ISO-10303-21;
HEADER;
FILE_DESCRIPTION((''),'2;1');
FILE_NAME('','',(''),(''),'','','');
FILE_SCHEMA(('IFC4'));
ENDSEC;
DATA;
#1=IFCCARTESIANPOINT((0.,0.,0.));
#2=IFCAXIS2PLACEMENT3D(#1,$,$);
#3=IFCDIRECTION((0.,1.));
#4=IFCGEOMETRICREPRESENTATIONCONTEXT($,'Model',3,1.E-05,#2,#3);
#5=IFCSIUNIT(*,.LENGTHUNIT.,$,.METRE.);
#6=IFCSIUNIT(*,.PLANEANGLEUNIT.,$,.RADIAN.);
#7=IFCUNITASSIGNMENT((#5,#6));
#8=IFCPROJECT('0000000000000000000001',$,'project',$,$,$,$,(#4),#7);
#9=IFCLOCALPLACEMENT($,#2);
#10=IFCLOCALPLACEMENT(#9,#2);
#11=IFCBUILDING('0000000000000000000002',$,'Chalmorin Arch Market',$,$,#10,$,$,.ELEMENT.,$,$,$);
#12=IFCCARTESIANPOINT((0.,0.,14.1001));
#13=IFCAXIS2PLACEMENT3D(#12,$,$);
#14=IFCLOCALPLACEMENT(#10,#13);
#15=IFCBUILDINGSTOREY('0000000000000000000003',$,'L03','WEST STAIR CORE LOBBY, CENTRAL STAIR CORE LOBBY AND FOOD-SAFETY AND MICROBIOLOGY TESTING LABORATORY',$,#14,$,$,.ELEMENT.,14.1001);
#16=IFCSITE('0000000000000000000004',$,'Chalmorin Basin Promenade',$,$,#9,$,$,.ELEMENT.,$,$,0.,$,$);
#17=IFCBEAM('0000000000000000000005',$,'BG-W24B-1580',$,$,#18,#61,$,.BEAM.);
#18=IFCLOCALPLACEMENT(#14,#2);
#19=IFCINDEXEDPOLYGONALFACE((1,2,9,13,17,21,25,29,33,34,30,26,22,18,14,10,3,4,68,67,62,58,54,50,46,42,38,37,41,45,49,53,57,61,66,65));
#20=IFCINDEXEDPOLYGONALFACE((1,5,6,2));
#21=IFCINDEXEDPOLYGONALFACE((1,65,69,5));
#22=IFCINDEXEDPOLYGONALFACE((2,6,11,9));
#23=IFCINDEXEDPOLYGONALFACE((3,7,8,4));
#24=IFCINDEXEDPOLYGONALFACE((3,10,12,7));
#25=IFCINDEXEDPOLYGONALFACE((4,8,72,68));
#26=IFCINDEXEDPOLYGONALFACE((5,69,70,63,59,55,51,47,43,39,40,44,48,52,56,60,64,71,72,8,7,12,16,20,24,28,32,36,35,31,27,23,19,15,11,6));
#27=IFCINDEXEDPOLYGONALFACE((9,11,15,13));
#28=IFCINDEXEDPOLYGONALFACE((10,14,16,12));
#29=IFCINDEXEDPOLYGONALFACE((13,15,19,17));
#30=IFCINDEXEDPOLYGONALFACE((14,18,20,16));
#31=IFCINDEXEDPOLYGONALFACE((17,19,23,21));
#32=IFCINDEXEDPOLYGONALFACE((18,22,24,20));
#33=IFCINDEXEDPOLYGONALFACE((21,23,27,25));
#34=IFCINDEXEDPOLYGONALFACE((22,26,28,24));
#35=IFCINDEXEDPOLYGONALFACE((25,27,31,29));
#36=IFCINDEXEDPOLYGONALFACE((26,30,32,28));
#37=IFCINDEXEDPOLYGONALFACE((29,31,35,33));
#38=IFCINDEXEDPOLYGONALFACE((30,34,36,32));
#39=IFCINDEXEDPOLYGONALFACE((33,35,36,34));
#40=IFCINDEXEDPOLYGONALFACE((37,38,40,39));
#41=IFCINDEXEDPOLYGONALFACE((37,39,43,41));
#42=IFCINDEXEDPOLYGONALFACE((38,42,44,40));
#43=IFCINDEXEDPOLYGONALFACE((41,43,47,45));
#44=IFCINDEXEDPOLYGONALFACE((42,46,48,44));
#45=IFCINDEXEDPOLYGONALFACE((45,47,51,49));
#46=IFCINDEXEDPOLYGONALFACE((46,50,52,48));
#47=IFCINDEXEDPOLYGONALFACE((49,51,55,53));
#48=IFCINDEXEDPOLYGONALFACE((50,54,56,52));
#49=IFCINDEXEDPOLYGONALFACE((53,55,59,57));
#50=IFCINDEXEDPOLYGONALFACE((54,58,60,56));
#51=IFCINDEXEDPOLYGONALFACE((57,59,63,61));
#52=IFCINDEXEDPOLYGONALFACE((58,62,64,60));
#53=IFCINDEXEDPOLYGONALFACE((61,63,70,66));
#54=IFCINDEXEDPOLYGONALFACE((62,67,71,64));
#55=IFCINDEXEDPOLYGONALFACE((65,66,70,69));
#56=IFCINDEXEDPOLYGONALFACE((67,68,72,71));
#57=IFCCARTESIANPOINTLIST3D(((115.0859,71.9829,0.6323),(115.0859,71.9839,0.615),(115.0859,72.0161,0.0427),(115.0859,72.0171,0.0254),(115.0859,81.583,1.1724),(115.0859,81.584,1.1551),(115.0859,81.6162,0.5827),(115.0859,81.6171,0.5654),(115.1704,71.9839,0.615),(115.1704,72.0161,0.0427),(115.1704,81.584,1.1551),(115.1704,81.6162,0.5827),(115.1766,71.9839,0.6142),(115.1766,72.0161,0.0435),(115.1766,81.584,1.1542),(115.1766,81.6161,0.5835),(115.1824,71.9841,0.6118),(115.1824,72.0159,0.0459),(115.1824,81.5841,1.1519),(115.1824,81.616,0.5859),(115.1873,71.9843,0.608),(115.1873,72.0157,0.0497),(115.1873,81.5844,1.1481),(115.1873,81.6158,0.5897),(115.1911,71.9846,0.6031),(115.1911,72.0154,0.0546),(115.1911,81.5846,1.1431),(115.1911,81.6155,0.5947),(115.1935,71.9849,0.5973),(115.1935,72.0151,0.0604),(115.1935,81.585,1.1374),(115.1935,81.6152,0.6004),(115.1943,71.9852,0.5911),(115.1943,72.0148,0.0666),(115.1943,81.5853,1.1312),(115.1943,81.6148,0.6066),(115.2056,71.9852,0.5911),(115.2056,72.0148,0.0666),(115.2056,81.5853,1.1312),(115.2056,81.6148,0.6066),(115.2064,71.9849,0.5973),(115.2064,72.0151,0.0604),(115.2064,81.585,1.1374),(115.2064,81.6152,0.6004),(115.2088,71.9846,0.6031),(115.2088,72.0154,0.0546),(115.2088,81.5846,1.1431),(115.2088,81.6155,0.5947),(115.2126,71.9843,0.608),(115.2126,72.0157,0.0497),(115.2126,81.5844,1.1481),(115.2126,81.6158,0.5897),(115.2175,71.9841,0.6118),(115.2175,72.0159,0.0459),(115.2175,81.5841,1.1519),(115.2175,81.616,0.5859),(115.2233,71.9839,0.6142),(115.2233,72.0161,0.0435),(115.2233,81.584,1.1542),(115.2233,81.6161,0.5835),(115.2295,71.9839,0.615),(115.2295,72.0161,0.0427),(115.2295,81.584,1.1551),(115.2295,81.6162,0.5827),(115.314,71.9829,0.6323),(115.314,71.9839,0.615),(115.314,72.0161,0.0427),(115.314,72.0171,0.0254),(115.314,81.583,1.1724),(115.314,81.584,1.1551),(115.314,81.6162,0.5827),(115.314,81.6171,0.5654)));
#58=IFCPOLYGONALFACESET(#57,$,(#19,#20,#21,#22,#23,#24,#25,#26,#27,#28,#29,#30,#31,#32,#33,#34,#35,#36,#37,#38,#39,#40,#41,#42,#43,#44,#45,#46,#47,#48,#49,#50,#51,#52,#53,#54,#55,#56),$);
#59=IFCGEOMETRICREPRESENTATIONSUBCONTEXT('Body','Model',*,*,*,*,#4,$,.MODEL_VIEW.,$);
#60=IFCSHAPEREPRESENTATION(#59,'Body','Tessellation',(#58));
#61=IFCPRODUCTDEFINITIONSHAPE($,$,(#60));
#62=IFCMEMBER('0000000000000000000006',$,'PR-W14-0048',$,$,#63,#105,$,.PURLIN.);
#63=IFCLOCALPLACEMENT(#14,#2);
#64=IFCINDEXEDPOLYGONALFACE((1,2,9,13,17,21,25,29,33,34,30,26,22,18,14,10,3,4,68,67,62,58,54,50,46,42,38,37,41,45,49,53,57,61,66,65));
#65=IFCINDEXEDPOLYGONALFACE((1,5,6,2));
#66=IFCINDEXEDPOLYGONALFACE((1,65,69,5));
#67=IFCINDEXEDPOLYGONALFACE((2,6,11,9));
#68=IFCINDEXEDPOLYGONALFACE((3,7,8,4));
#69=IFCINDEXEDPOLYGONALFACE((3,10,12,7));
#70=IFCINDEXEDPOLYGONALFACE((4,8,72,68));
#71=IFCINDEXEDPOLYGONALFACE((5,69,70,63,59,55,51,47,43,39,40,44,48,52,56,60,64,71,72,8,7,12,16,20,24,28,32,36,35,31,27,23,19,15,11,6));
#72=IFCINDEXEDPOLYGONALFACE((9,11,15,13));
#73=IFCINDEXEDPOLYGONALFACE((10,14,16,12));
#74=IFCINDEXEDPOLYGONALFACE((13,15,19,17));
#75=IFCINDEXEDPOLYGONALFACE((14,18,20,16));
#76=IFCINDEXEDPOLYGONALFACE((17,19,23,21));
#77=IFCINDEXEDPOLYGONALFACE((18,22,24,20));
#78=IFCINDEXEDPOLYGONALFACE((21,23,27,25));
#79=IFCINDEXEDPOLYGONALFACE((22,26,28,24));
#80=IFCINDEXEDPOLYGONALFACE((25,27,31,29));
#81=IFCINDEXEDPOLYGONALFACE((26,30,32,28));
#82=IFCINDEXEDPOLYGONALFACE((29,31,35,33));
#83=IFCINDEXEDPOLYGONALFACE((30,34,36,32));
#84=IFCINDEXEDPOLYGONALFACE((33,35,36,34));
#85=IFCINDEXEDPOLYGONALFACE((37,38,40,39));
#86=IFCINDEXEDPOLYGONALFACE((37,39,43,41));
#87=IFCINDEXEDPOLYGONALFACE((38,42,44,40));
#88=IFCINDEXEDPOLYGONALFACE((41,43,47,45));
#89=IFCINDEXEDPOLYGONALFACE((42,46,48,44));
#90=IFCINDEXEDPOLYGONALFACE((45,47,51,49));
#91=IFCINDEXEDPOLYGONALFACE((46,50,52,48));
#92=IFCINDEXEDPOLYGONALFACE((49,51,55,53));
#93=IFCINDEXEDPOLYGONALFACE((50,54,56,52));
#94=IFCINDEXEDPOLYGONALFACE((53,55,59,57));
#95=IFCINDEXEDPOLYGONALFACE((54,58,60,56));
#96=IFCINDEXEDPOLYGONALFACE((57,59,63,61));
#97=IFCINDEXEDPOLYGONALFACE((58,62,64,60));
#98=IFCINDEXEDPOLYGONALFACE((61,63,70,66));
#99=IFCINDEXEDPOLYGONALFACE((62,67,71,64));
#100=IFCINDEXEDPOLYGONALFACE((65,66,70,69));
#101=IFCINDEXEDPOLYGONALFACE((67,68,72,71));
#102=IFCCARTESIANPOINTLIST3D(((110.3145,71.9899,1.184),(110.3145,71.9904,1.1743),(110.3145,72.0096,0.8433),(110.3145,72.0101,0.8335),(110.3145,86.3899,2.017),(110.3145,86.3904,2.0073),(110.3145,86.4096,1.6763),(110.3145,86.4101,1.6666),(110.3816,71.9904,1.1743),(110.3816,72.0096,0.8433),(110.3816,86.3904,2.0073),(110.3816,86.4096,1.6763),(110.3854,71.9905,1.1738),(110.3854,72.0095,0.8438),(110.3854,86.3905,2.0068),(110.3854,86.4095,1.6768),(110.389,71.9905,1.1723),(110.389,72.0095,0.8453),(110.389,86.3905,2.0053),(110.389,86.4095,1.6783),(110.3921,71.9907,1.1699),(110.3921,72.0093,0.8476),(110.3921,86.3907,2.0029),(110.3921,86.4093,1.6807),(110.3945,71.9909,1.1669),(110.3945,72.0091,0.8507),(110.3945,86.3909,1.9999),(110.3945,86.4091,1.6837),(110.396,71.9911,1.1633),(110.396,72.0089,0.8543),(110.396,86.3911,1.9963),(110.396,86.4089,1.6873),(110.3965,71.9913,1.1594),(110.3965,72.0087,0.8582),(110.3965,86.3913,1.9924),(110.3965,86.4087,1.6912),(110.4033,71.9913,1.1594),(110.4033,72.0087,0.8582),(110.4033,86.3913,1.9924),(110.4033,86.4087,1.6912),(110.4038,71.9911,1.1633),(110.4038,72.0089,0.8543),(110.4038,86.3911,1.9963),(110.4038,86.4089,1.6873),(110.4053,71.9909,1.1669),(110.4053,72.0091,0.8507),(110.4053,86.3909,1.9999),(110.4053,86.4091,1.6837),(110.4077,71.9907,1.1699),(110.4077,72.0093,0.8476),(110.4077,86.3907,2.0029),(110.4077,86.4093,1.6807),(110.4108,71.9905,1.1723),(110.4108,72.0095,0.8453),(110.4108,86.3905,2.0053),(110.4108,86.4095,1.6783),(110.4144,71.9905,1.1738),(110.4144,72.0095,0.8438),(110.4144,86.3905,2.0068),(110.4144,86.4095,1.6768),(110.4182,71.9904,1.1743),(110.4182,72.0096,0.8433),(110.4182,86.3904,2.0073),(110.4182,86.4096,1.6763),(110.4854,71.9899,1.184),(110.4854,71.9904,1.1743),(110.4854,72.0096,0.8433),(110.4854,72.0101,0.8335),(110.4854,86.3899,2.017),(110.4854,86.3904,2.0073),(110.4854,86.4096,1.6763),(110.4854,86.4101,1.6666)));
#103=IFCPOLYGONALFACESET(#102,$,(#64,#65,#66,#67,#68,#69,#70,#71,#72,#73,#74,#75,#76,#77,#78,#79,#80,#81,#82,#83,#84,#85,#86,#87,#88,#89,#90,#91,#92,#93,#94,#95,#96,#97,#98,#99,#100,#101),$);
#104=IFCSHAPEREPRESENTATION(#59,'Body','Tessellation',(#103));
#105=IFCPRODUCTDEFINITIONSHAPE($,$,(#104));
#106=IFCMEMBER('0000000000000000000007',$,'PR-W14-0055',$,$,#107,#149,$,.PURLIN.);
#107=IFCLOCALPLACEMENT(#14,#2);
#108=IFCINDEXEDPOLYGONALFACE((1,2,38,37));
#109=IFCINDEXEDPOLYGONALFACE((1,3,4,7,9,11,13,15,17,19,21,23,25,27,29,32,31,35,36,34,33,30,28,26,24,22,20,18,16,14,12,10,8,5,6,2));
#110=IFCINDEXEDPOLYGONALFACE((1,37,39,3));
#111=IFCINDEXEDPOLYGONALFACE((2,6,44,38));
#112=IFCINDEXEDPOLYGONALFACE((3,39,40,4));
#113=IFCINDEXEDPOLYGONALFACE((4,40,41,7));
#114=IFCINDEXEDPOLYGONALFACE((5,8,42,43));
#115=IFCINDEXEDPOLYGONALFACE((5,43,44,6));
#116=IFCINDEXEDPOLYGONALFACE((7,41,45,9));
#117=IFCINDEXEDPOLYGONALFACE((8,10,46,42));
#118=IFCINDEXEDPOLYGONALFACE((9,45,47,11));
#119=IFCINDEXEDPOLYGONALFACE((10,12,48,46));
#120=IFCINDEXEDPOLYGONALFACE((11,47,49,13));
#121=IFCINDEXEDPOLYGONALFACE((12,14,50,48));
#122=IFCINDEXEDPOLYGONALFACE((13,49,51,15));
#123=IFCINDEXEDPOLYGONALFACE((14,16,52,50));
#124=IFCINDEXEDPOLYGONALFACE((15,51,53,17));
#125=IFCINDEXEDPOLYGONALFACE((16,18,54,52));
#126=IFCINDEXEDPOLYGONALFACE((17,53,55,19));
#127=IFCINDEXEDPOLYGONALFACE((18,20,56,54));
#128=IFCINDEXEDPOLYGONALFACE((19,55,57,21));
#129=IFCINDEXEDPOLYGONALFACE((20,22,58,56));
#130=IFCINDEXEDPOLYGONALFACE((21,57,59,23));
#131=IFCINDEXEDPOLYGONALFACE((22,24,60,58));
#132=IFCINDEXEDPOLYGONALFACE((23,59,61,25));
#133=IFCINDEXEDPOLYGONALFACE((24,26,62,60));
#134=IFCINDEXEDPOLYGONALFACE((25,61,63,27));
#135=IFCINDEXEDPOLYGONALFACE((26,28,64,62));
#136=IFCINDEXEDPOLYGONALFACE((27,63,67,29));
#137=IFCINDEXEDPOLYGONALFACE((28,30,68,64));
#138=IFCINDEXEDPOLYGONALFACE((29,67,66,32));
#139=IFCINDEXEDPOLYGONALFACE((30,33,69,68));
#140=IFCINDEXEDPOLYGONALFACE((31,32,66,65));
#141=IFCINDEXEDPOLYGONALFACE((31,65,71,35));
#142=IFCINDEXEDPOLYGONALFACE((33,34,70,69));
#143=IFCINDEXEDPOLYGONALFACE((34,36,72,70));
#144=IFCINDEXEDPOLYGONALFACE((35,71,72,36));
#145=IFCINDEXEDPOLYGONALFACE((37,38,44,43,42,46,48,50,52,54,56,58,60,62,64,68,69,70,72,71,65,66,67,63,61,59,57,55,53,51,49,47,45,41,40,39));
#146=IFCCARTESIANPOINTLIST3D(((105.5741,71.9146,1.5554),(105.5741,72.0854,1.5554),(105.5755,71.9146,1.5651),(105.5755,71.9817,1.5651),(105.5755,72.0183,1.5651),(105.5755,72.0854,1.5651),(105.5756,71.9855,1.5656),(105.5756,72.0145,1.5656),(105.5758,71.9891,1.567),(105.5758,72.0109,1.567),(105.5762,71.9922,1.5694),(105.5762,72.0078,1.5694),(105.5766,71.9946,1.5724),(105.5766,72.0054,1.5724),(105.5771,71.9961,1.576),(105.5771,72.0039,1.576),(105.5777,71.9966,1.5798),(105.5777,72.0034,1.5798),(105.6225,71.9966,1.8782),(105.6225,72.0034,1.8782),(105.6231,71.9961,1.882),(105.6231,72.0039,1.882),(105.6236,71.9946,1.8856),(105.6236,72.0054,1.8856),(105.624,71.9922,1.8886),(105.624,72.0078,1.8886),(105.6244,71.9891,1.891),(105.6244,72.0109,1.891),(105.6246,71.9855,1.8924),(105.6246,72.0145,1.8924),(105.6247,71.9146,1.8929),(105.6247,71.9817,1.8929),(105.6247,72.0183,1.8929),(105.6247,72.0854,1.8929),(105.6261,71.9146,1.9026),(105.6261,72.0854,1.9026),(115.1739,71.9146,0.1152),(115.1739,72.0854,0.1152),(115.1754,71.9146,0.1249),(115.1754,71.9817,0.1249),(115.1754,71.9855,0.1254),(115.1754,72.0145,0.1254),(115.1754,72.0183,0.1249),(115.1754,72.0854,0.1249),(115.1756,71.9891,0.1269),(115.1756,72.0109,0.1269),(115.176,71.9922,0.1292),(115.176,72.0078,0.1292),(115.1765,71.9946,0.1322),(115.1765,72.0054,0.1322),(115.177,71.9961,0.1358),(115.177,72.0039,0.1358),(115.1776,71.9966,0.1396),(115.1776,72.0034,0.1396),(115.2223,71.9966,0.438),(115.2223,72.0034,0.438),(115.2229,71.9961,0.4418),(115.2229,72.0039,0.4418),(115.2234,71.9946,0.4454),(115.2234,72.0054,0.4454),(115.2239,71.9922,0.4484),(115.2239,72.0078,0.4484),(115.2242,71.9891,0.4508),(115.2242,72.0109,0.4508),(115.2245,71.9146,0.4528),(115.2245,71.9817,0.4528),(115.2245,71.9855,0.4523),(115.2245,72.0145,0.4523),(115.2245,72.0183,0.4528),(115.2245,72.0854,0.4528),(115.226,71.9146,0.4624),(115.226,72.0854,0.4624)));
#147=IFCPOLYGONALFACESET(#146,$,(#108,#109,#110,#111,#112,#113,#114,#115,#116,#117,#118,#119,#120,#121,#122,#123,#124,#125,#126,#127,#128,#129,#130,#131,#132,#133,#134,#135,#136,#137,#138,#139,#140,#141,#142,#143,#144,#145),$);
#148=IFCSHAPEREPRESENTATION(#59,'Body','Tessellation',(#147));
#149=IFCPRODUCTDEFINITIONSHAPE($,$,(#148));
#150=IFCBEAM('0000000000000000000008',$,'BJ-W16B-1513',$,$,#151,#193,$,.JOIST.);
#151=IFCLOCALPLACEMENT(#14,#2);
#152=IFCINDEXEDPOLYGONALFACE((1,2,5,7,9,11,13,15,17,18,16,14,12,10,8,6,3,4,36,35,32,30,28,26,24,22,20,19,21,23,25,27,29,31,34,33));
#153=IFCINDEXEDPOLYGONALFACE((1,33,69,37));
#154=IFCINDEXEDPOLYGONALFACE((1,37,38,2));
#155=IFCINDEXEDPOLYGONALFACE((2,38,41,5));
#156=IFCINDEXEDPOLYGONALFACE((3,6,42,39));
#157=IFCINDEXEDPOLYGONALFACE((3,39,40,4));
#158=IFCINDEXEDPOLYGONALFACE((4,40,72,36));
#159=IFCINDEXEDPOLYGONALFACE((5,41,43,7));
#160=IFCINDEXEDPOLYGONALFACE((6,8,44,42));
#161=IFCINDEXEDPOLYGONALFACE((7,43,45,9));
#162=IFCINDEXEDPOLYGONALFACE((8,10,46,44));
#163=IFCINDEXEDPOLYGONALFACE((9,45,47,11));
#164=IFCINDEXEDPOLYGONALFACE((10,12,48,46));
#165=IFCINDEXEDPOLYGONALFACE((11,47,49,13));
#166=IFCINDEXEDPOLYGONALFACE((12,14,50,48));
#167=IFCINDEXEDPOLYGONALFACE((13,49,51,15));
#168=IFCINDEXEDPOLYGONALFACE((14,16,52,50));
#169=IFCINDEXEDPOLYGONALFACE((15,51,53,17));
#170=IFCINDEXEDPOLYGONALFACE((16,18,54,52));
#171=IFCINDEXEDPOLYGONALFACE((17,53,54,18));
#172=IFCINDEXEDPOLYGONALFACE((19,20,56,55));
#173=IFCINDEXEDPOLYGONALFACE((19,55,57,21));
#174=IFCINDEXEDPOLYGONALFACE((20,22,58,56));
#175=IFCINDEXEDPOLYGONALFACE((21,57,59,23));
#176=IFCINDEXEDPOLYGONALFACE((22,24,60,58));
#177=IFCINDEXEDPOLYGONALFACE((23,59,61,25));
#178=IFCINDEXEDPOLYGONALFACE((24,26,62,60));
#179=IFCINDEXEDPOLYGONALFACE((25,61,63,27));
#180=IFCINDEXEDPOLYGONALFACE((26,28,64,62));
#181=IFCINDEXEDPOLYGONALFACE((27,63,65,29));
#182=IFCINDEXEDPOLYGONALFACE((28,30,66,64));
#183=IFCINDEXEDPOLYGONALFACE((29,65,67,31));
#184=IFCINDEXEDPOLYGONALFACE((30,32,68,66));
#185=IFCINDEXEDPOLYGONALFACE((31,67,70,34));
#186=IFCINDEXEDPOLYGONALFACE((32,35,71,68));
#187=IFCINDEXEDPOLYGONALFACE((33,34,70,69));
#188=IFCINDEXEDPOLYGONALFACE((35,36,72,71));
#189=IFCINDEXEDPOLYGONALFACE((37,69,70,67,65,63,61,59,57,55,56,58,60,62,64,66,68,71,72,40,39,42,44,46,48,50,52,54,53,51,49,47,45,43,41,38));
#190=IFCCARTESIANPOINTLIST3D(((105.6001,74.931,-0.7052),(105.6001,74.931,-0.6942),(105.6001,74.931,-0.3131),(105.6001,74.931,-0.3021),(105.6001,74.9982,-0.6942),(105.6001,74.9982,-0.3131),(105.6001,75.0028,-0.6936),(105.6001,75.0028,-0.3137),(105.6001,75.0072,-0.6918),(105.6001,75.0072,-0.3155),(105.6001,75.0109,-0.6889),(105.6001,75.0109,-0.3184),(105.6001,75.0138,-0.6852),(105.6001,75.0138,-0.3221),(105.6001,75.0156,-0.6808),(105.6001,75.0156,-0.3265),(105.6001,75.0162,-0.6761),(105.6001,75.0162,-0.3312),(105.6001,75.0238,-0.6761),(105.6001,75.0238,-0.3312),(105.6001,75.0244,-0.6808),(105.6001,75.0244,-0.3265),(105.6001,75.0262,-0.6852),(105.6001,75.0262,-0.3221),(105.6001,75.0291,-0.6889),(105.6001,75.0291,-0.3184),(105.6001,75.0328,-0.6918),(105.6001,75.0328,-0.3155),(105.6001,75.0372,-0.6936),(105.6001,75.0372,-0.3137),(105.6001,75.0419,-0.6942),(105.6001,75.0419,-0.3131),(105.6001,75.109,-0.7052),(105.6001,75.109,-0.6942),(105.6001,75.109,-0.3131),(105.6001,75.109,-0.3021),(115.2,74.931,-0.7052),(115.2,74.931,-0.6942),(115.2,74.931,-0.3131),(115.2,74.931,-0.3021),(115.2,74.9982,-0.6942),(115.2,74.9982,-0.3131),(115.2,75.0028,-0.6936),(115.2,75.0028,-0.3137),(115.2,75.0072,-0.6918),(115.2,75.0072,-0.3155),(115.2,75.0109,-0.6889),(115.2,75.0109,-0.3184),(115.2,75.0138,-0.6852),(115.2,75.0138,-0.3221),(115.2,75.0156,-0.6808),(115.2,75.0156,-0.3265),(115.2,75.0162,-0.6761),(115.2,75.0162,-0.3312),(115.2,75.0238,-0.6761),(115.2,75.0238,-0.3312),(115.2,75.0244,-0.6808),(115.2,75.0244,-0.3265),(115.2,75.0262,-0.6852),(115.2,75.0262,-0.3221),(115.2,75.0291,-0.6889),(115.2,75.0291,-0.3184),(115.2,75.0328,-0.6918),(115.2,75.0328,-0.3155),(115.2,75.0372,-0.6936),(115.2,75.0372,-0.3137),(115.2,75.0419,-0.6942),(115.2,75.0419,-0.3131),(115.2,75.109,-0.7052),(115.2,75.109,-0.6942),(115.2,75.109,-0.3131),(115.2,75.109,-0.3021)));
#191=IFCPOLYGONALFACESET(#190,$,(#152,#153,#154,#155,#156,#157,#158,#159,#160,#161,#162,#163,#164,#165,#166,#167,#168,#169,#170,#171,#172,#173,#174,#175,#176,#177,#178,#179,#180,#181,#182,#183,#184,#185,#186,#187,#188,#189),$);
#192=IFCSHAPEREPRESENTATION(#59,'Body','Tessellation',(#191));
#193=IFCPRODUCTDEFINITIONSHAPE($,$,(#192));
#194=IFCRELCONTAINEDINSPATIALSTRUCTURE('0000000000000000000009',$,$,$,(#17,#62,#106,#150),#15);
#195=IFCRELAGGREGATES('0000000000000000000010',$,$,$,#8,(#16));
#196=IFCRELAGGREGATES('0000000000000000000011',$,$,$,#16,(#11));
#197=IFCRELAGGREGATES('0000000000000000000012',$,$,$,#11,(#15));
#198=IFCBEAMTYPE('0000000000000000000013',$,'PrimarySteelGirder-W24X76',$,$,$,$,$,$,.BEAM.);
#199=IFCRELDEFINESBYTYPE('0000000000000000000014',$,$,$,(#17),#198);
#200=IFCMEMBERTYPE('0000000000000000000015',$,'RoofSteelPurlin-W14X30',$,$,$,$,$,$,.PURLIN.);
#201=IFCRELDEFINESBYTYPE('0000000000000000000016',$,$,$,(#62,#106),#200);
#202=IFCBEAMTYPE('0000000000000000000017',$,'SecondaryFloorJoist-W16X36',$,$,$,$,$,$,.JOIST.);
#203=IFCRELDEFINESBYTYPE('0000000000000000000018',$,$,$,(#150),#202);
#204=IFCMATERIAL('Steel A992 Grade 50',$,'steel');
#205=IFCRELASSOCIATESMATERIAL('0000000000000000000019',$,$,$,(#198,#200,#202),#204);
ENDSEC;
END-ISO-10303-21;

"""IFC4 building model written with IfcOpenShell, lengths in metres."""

from ifc_helpers import new_model, si_unit, direction, frame, origin, origin_2d, place, context, subcontext, project, spatial, i_section, extrude, material, material_profile, profile_set, type_object, element, save


model = new_model("IFC4")

# Units and contexts
model_context = context("Model", 3, precision=1e-05, world=origin(), true_north=direction((0.0, 1.0)))
body_context = subcontext(model_context, "Body", "Model", "MODEL_VIEW")
ifc_project = project(units=[si_unit("LENGTHUNIT", "METRE"), si_unit("PLANEANGLEUNIT", "RADIAN")], contexts=[model_context])

# Site, building, storey
site_placement = place(None, origin())
site = spatial("IfcSite", under=ifc_project, at=site_placement, Name="Chalmorin Basin Promenade", CompositionType="ELEMENT", RefElevation=0.0)
building_placement = place(site_placement, origin())
building = spatial("IfcBuilding", under=site, at=building_placement, Name="Chalmorin Arch Market", CompositionType="ELEMENT")
storey_placement = place(building_placement, frame((0.0, 0.0, 14.1001)))
storey = spatial("IfcBuildingStorey", under=building, at=storey_placement, Name="L03", Description="WEST STAIR CORE LOBBY, CENTRAL STAIR CORE LOBBY AND FOOD-SAFETY AND MICROBIOLOGY TESTING LABORATORY", CompositionType="ELEMENT", Elevation=14.1001)

# Beam
ifc_material_1 = material(Name="Steel A992 Grade 50", Category="steel")
ifc_material_profile_1 = material_profile(ifc_material_1, i_section(OverallWidth=0.228, OverallDepth=0.6079, WebThickness=0.0112, FlangeThickness=0.0173, FilletRadius=0.0239, at=origin_2d()), Name="W24X76")
ifc_profile_set_1 = profile_set([ifc_material_profile_1], Name="Steel A992 Grade 50")
beam_type_1 = type_object("IfcBeamType", Name="PrimarySteelGirder-W24X76", PredefinedType="BEAM", material=ifc_profile_set_1)
beam_1_placement = place(storey_placement, frame((115.2, 72.0, 0.3289), z_axis=(0.0, 0.998422, 0.056165), x_axis=(-1.0, 0.0, 0.0)))
element("IfcBeam", 1, at=beam_1_placement, inside=storey, type_object=beam_type_1, Name="BG-W24B-1580", PredefinedType="BEAM", context=body_context, shape_type="SweptSolid", body=[
    extrude(i_section(OverallWidth=0.228, OverallDepth=0.6079, WebThickness=0.0112, FlangeThickness=0.0173, FilletRadius=0.0239, at=origin_2d()), origin(), (0.0, 0.0, 1.0), 9.6152),
])

# Members
ifc_material_profile_2 = material_profile(ifc_material_1, i_section(OverallWidth=0.1709, OverallDepth=0.3511, WebThickness=0.0068, FlangeThickness=0.0098, FilletRadius=0.0149, at=origin_2d()), Name="W14X30")
ifc_profile_set_2 = profile_set([ifc_material_profile_2], Name="Steel A992 Grade 50")
member_type_1 = type_object("IfcMemberType", Name="RoofSteelPurlin-W14X30", PredefinedType="PURLIN", material=ifc_profile_set_2)
member_1_placement = place(storey_placement, frame((110.3999, 72.0, 1.0088), z_axis=(0.0, 0.998331, 0.057752), x_axis=(-1.0, 0.0, 0.0)))
element("IfcMember", 2, at=member_1_placement, inside=storey, type_object=member_type_1, Name="PR-W14-0048", PredefinedType="PURLIN", context=body_context, shape_type="SweptSolid", body=[
    extrude(i_section(OverallWidth=0.1709, OverallDepth=0.3511, WebThickness=0.0068, FlangeThickness=0.0098, FilletRadius=0.0149, at=origin_2d()), origin(), (0.0, 0.0, 1.0), 14.4241),
])
member_2_placement = place(storey_placement, frame((105.6001, 72.0, 1.729), z_axis=(0.988933, 0.0, -0.148361), x_axis=(0.0, 1.0, 0.0)))
element("IfcMember", 3, at=member_2_placement, inside=storey, type_object=member_type_1, Name="PR-W14-0055", PredefinedType="PURLIN", context=body_context, shape_type="SweptSolid", body=[
    extrude(i_section(OverallWidth=0.1709, OverallDepth=0.3511, WebThickness=0.0068, FlangeThickness=0.0098, FilletRadius=0.0149, at=origin_2d()), origin(), (0.0, 0.0, 1.0), 9.7073),
])

# Beam
ifc_material_profile_3 = material_profile(ifc_material_1, i_section(OverallWidth=0.178, OverallDepth=0.4031, WebThickness=0.0076, FlangeThickness=0.011, FilletRadius=0.0181, at=origin_2d()), Name="W16X36")
ifc_profile_set_3 = profile_set([ifc_material_profile_3], Name="Steel A992 Grade 50")
beam_type_2 = type_object("IfcBeamType", Name="SecondaryFloorJoist-W16X36", PredefinedType="JOIST", material=ifc_profile_set_3)
beam_2_placement = place(storey_placement, frame((105.6001, 75.02, -0.5037), z_axis=(1.0, 0.0, 0.0), x_axis=(0.0, 1.0, 0.0)))
element("IfcBeam", 4, at=beam_2_placement, inside=storey, type_object=beam_type_2, Name="BJ-W16B-1513", PredefinedType="JOIST", context=body_context, shape_type="SweptSolid", body=[
    extrude(i_section(OverallWidth=0.178, OverallDepth=0.4031, WebThickness=0.0076, FlangeThickness=0.011, FilletRadius=0.0181, at=origin_2d()), origin(), (0.0, 0.0, 1.0), 9.5999),
])

save(model, "model.ifc")
